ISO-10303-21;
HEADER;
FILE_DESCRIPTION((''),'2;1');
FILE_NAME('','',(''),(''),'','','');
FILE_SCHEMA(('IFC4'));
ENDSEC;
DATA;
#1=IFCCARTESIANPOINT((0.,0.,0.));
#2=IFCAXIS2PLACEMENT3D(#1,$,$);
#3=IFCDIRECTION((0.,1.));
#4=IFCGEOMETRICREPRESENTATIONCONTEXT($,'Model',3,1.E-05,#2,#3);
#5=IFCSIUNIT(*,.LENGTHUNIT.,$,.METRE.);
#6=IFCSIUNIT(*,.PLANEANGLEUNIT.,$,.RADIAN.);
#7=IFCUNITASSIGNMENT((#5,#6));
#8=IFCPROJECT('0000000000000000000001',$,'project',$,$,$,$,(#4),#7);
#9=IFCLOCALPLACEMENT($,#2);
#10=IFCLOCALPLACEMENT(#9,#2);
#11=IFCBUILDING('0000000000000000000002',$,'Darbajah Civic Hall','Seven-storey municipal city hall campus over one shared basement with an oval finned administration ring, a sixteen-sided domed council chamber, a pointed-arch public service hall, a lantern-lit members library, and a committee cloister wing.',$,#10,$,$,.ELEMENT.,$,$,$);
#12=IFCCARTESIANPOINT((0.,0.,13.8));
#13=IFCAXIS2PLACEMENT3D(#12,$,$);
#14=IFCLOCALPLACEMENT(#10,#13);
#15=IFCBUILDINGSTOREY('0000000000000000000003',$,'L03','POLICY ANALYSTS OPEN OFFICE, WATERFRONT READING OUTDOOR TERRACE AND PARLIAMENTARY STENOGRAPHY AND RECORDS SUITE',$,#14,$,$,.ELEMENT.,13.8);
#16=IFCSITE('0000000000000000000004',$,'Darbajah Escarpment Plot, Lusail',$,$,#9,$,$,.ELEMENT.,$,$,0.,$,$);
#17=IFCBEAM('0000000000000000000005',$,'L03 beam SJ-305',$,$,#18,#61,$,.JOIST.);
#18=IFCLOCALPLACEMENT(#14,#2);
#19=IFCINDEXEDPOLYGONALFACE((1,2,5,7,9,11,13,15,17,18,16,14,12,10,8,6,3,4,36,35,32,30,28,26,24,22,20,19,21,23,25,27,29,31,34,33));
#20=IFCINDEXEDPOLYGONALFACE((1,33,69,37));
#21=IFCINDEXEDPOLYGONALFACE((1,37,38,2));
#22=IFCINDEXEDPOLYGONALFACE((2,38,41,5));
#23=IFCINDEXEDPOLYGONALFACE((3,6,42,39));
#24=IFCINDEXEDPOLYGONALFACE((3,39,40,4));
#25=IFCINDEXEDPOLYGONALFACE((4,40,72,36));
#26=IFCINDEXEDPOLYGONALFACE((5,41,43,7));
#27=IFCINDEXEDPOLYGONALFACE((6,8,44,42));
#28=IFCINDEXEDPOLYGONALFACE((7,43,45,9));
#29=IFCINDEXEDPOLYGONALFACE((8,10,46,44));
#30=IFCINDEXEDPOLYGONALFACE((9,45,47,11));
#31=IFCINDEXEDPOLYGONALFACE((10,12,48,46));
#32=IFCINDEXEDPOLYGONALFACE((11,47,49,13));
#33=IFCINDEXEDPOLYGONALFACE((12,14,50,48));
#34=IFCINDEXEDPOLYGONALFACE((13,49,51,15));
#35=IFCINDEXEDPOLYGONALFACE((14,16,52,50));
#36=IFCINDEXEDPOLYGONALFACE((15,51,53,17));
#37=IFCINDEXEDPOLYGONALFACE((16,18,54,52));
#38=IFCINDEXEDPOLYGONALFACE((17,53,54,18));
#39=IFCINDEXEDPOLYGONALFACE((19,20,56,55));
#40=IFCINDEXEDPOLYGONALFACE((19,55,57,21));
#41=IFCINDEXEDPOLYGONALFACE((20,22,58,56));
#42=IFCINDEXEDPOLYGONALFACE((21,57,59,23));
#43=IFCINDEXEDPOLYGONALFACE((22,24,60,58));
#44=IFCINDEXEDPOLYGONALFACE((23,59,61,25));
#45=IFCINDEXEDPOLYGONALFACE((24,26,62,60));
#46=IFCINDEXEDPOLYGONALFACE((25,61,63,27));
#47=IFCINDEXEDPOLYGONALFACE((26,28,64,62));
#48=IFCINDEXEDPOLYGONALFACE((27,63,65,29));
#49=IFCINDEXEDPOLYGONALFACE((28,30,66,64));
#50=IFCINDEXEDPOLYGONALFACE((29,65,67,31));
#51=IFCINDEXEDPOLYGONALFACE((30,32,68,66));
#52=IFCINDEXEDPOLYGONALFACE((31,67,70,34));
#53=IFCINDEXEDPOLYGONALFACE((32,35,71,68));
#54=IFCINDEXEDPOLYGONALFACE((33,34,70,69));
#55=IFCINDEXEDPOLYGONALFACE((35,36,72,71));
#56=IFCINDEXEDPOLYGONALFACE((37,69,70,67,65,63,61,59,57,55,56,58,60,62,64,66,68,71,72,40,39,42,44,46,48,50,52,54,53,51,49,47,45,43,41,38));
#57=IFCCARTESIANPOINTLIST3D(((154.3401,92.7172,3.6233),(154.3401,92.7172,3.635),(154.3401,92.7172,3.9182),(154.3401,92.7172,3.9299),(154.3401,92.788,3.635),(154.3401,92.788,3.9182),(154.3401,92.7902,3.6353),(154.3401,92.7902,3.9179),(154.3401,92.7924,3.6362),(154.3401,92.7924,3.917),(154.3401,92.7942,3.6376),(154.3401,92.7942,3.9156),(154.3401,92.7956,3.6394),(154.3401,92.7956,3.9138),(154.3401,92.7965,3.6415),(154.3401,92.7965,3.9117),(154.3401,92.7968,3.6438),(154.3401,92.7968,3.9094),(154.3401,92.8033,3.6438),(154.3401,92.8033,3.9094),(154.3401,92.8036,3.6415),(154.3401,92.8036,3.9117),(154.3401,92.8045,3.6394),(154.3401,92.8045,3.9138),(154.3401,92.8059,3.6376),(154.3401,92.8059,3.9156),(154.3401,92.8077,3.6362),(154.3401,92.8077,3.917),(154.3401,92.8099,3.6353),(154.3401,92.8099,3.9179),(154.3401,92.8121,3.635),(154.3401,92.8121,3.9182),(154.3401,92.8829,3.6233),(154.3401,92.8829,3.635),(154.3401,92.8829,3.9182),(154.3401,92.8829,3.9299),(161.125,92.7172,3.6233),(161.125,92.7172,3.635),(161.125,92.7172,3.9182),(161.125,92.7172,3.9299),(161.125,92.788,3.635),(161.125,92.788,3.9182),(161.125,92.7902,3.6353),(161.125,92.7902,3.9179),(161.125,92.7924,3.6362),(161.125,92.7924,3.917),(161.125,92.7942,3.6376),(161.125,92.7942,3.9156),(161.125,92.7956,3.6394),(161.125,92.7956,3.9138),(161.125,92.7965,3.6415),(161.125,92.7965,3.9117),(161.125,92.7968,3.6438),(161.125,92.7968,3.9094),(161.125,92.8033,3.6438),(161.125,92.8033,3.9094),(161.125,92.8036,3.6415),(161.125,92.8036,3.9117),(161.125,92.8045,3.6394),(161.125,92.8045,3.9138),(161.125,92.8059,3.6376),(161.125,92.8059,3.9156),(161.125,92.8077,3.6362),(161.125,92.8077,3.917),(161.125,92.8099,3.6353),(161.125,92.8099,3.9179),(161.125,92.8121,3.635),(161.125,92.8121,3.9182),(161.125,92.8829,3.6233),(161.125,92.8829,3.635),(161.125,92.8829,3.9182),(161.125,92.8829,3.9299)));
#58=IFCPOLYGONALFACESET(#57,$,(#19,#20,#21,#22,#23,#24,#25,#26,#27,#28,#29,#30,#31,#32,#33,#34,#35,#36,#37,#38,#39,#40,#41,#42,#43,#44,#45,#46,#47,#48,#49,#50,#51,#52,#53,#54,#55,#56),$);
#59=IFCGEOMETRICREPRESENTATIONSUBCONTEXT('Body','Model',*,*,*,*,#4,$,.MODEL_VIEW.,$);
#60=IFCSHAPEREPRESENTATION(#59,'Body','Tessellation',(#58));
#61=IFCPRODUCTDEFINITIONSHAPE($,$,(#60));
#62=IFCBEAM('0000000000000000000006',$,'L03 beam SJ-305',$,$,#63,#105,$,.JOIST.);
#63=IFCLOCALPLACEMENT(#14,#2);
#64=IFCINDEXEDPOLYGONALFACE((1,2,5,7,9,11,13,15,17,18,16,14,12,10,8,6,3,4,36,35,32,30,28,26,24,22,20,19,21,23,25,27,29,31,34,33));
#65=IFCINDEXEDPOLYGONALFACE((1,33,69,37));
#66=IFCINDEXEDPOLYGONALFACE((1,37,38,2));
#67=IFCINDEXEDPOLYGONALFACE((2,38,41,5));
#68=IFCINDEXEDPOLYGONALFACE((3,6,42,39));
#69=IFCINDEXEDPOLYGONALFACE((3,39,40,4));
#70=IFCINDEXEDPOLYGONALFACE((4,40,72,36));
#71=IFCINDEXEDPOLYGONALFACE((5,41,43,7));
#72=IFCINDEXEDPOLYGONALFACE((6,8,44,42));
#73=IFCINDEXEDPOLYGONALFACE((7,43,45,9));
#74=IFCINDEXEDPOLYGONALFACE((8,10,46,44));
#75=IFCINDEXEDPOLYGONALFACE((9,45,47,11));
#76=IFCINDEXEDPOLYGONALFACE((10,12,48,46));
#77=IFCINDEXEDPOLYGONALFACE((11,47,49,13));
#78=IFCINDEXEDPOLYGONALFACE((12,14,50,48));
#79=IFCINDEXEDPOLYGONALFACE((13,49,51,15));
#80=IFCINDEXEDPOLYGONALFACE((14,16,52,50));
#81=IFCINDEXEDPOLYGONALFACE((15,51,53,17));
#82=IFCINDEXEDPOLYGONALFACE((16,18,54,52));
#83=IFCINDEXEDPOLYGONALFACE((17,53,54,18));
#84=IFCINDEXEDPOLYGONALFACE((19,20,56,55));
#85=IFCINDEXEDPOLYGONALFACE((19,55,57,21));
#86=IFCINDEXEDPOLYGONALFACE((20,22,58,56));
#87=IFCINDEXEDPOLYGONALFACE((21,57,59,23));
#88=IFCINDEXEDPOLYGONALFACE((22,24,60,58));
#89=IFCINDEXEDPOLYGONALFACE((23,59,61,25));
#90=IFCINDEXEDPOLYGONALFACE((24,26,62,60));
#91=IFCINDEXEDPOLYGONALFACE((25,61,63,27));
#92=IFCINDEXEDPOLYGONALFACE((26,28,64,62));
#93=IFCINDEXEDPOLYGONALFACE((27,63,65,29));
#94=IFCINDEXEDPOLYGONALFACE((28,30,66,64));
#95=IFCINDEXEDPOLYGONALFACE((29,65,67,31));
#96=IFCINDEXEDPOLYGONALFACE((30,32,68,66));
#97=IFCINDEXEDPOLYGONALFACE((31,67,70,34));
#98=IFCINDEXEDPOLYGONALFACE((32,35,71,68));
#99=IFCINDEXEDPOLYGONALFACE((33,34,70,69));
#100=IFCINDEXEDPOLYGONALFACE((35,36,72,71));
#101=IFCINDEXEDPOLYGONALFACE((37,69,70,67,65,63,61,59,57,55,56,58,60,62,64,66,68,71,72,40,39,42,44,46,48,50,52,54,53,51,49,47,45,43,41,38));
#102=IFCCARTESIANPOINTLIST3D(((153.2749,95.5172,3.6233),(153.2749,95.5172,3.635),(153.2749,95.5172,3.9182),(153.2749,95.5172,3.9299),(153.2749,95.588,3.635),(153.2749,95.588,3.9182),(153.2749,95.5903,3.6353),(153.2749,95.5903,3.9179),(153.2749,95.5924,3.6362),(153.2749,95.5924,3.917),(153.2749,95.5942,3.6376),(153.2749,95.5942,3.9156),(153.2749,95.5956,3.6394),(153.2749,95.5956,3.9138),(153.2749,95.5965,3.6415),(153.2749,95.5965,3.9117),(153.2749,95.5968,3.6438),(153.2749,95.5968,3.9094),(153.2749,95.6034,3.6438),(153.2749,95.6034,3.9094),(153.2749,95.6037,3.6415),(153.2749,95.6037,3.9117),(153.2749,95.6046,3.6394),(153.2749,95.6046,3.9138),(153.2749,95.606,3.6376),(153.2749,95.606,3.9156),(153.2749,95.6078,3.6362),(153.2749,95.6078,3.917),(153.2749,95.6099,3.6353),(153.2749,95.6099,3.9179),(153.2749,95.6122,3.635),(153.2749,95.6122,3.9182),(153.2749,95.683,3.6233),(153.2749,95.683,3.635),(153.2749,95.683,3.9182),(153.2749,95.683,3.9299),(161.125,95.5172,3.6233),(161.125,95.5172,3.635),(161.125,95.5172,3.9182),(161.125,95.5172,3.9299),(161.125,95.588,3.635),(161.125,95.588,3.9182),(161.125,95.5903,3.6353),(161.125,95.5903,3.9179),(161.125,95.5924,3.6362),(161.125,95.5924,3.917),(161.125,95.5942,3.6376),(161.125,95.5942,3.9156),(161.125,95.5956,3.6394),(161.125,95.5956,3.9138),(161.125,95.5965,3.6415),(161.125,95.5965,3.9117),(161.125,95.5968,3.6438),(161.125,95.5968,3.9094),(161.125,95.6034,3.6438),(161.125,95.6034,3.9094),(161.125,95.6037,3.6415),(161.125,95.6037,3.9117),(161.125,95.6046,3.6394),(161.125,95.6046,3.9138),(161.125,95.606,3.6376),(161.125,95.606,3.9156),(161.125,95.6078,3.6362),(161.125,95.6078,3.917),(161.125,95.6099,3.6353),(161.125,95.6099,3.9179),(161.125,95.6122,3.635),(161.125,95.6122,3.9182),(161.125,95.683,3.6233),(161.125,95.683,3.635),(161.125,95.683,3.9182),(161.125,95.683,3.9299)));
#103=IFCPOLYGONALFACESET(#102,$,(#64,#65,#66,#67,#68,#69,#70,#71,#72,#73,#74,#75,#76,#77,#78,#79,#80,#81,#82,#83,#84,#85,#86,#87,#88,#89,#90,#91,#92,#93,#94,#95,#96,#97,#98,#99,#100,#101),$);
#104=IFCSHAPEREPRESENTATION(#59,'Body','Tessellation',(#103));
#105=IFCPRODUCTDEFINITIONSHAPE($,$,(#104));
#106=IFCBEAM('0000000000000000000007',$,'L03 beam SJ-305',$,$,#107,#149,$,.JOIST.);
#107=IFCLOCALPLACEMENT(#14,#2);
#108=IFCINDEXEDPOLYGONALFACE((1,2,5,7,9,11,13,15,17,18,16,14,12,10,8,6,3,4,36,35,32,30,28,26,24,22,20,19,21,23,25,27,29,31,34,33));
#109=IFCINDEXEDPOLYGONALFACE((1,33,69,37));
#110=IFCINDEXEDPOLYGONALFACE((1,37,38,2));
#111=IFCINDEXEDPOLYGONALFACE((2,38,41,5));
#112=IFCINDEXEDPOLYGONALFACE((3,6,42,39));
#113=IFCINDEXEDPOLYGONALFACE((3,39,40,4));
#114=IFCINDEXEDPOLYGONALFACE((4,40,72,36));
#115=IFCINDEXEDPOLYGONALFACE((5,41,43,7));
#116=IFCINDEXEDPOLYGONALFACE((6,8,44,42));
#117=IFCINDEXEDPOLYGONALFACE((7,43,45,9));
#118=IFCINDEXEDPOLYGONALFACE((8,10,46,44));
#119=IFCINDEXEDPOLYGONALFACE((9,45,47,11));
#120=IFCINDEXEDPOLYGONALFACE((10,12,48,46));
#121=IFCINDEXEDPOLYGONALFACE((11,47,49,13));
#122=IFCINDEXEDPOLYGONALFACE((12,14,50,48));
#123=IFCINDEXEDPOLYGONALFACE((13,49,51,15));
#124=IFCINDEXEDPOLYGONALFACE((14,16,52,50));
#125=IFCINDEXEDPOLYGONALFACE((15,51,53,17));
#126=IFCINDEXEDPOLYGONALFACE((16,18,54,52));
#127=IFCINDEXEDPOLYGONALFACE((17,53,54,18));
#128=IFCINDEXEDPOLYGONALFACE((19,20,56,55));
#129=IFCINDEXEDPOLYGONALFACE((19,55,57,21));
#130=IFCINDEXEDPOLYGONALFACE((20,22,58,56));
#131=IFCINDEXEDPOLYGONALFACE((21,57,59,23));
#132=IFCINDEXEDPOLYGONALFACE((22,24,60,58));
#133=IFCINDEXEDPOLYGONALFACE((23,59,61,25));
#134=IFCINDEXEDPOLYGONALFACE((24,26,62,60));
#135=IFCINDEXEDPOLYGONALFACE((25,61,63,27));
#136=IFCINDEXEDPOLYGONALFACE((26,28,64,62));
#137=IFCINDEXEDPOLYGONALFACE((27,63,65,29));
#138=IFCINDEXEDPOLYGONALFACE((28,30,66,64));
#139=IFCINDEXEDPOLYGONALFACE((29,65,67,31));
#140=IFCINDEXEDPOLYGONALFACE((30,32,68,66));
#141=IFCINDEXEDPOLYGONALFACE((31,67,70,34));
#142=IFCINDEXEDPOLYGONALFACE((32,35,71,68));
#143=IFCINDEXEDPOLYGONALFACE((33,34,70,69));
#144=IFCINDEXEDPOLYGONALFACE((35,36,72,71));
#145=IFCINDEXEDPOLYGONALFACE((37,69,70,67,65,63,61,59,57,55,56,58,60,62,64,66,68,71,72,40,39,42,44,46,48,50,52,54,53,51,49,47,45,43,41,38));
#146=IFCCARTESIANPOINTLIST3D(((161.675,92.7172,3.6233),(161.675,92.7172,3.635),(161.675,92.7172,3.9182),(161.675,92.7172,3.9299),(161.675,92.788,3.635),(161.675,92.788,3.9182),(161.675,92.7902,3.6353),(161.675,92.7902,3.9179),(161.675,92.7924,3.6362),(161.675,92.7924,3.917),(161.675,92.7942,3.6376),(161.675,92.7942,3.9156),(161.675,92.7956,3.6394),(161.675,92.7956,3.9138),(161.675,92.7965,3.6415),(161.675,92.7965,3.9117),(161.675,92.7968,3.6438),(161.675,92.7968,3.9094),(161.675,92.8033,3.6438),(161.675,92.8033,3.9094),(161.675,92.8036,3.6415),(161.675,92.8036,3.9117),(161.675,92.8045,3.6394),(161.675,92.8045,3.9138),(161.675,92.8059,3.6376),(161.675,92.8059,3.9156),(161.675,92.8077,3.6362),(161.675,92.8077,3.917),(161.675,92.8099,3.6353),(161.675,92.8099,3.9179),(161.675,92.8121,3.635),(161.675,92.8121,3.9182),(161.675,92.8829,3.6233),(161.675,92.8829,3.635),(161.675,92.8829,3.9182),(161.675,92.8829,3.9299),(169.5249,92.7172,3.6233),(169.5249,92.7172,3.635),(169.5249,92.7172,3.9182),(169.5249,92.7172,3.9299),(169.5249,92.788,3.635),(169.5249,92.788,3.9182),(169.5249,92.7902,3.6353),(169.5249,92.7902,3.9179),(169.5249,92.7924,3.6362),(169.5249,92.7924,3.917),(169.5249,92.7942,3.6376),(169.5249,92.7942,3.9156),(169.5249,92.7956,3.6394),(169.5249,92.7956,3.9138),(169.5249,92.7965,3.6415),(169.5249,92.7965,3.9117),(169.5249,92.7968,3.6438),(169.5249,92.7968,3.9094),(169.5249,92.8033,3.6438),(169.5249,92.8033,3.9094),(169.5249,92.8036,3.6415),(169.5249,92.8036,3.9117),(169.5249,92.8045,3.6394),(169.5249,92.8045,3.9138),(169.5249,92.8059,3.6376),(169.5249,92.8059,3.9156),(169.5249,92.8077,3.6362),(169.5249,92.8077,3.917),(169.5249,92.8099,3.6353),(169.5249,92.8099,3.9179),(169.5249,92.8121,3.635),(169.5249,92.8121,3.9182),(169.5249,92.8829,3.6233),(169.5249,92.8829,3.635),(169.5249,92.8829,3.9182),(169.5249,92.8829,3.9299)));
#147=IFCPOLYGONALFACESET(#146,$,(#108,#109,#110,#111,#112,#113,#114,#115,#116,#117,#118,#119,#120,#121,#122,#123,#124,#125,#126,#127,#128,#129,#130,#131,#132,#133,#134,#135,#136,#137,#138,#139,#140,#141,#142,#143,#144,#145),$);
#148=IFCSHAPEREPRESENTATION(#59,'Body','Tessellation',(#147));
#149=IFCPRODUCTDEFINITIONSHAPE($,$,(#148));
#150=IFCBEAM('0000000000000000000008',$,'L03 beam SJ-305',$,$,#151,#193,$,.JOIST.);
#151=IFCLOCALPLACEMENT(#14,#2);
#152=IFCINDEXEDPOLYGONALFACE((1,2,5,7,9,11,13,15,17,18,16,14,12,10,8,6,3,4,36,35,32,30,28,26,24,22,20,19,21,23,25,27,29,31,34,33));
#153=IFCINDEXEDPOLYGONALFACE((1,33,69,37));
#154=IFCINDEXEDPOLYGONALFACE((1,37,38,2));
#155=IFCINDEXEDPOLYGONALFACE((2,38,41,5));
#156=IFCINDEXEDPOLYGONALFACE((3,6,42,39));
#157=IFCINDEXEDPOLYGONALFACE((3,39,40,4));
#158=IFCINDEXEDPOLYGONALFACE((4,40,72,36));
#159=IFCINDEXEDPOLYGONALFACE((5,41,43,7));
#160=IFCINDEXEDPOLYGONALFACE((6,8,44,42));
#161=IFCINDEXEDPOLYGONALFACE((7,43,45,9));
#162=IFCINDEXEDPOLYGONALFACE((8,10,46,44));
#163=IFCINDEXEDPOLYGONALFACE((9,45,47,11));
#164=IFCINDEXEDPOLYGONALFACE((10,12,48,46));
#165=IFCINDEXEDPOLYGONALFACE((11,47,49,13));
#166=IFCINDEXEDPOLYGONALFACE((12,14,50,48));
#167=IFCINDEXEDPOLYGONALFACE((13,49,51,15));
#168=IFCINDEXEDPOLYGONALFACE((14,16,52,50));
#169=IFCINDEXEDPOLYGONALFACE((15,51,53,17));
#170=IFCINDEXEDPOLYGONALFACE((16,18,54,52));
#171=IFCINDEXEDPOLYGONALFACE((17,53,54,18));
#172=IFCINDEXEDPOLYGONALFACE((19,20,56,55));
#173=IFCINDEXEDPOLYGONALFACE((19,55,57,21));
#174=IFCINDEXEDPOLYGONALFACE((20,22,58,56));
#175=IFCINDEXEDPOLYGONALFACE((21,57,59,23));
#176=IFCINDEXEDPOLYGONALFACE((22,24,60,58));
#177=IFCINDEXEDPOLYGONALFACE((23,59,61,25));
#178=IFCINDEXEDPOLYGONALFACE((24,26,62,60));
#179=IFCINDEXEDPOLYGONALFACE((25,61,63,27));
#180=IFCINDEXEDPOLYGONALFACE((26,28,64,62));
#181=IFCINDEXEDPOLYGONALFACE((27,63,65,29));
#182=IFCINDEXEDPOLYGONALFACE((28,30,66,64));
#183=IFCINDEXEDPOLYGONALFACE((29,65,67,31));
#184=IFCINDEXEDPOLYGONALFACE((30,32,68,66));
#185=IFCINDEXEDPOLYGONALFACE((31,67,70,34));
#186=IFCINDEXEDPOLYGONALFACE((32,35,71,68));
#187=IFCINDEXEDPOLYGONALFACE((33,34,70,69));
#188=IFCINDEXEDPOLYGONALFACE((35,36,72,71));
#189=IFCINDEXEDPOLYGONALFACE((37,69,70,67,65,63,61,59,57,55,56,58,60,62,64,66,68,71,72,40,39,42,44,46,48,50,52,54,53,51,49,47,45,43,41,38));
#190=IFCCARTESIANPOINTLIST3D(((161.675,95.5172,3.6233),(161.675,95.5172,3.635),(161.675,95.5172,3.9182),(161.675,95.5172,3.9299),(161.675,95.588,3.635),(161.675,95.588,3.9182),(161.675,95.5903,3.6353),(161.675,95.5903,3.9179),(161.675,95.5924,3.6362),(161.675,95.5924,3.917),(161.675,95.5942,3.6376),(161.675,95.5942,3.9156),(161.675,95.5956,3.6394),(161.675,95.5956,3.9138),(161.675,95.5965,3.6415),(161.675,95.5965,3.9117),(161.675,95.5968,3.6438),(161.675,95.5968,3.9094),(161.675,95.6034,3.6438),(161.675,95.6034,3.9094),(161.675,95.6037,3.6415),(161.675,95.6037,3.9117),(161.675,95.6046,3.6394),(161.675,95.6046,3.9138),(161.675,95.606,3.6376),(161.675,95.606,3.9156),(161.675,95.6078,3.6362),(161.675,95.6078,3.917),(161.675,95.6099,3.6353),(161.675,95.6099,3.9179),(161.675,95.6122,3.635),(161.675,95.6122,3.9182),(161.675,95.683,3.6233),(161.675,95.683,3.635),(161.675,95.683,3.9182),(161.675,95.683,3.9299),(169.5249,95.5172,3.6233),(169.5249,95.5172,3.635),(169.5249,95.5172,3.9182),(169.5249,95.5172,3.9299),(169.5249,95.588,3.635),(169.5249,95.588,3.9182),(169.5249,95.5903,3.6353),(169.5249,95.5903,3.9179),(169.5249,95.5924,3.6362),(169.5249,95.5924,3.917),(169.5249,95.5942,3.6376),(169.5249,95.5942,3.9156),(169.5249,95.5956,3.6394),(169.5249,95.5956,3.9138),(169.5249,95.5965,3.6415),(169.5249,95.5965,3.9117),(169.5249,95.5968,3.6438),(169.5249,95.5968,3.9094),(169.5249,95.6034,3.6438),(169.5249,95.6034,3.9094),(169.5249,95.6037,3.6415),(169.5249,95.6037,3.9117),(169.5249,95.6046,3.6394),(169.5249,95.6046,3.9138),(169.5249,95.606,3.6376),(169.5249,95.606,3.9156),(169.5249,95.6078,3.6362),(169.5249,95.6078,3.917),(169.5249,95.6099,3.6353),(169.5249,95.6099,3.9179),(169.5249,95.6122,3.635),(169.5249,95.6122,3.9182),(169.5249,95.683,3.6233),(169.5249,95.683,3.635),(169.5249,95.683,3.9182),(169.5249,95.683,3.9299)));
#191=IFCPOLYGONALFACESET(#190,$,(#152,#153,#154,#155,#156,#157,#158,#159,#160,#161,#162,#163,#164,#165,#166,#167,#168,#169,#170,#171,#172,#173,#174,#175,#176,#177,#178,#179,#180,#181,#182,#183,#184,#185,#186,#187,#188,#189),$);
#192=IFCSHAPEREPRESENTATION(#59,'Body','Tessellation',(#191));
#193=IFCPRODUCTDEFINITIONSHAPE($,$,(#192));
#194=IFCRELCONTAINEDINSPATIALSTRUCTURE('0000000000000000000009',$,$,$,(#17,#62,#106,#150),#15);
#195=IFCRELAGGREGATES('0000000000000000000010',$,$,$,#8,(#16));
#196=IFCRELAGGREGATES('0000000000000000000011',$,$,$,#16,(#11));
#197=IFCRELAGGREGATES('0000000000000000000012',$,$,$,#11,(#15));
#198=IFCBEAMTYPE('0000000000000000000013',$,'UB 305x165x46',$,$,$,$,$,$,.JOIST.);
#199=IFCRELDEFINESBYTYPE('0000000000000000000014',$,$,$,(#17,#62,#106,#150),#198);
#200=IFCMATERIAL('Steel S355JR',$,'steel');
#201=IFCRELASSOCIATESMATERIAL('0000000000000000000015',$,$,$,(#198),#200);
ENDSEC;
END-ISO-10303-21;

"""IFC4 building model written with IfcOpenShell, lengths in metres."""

from ifc_helpers import new_model, si_unit, direction, frame, origin, origin_2d, place, context, subcontext, project, spatial, i_section, extrude, material, material_profile, profile_set, type_object, element, save


model = new_model("IFC4")

# Units and contexts
model_context = context("Model", 3, precision=1e-05, world=origin(), true_north=direction((0.0, 1.0)))
body_context = subcontext(model_context, "Body", "Model", "MODEL_VIEW")
ifc_project = project(units=[si_unit("LENGTHUNIT", "METRE"), si_unit("PLANEANGLEUNIT", "RADIAN")], contexts=[model_context])

# Site, building, storey
site_placement = place(None, origin())
site = spatial("IfcSite", under=ifc_project, at=site_placement, Name="Darbajah Escarpment Plot, Lusail", CompositionType="ELEMENT", RefElevation=0.0)
building_placement = place(site_placement, origin())
building = spatial("IfcBuilding", under=site, at=building_placement, Name="Darbajah Civic Hall", Description="Seven-storey municipal city hall campus over one shared basement with an oval finned administration ring, a sixteen-sided domed council chamber, a pointed-arch public service hall, a lantern-lit members library, and a committee cloister wing.", CompositionType="ELEMENT")
storey_placement = place(building_placement, frame((0.0, 0.0, 13.8)))
storey = spatial("IfcBuildingStorey", under=building, at=storey_placement, Name="L03", Description="POLICY ANALYSTS OPEN OFFICE, WATERFRONT READING OUTDOOR TERRACE AND PARLIAMENTARY STENOGRAPHY AND RECORDS SUITE", CompositionType="ELEMENT", Elevation=13.8)

# Shared definitions
ifc_material_1 = material(Name="Steel S355JR", Category="steel")

# Beams
ifc_material_profile_1 = material_profile(ifc_material_1, i_section(OverallWidth=0.1658, OverallDepth=0.3066, WebThickness=0.0066, FlangeThickness=0.0117, FilletRadius=0.0088, at=origin_2d()), Name="UB 305x165x46")
ifc_profile_set_1 = profile_set([ifc_material_profile_1], Name="Steel S355JR")
beam_type_1 = type_object("IfcBeamType", Name="UB 305x165x46", PredefinedType="JOIST", material=ifc_profile_set_1)
beam_1_placement = place(storey_placement, frame((154.3401, 92.8, 3.7766), z_axis=(1.0, 0.0, 0.0), x_axis=(0.0, 1.0, 0.0)))
element("IfcBeam", 1, at=beam_1_placement, inside=storey, type_object=beam_type_1, Name="L03 beam SJ-305", PredefinedType="JOIST", context=body_context, shape_type="SweptSolid", body=[
    extrude(i_section(OverallWidth=0.1658, OverallDepth=0.3066, WebThickness=0.0066, FlangeThickness=0.0117, FilletRadius=0.0088, at=origin_2d()), origin(), (0.0, 0.0, 1.0), 6.7849),
])
beam_2_placement = place(storey_placement, frame((153.2749, 95.6001, 3.7766), z_axis=(1.0, 0.0, 0.0), x_axis=(0.0, 1.0, 0.0)))
element("IfcBeam", 2, at=beam_2_placement, inside=storey, type_object=beam_type_1, Name="L03 beam SJ-305", PredefinedType="JOIST", context=body_context, shape_type="SweptSolid", body=[
    extrude(i_section(OverallWidth=0.1658, OverallDepth=0.3066, WebThickness=0.0066, FlangeThickness=0.0117, FilletRadius=0.0088, at=origin_2d()), origin(), (0.0, 0.0, 1.0), 7.8501),
])
for number, where, z_axis, x_axis, name in (
    (3, (161.675, 92.8, 3.7766), (1.0, 0.0, 0.0), (0.0, 1.0, 0.0), "L03 beam SJ-305"),
    (4, (161.675, 95.6001, 3.7766), (1.0, 0.0, 0.0), (0.0, 1.0, 0.0), "L03 beam SJ-305"),
):
    element("IfcBeam", number, at=place(storey_placement, frame(where, z_axis=z_axis, x_axis=x_axis)), inside=storey, type_object=beam_type_1, Name=name, PredefinedType="JOIST", context=body_context, shape_type="SweptSolid", body=[
        extrude(i_section(OverallWidth=0.1658, OverallDepth=0.3066, WebThickness=0.0066, FlangeThickness=0.0117, FilletRadius=0.0088, at=origin_2d()), origin(), (0.0, 0.0, 1.0), 7.8499),
    ])

save(model, "model.ifc")
